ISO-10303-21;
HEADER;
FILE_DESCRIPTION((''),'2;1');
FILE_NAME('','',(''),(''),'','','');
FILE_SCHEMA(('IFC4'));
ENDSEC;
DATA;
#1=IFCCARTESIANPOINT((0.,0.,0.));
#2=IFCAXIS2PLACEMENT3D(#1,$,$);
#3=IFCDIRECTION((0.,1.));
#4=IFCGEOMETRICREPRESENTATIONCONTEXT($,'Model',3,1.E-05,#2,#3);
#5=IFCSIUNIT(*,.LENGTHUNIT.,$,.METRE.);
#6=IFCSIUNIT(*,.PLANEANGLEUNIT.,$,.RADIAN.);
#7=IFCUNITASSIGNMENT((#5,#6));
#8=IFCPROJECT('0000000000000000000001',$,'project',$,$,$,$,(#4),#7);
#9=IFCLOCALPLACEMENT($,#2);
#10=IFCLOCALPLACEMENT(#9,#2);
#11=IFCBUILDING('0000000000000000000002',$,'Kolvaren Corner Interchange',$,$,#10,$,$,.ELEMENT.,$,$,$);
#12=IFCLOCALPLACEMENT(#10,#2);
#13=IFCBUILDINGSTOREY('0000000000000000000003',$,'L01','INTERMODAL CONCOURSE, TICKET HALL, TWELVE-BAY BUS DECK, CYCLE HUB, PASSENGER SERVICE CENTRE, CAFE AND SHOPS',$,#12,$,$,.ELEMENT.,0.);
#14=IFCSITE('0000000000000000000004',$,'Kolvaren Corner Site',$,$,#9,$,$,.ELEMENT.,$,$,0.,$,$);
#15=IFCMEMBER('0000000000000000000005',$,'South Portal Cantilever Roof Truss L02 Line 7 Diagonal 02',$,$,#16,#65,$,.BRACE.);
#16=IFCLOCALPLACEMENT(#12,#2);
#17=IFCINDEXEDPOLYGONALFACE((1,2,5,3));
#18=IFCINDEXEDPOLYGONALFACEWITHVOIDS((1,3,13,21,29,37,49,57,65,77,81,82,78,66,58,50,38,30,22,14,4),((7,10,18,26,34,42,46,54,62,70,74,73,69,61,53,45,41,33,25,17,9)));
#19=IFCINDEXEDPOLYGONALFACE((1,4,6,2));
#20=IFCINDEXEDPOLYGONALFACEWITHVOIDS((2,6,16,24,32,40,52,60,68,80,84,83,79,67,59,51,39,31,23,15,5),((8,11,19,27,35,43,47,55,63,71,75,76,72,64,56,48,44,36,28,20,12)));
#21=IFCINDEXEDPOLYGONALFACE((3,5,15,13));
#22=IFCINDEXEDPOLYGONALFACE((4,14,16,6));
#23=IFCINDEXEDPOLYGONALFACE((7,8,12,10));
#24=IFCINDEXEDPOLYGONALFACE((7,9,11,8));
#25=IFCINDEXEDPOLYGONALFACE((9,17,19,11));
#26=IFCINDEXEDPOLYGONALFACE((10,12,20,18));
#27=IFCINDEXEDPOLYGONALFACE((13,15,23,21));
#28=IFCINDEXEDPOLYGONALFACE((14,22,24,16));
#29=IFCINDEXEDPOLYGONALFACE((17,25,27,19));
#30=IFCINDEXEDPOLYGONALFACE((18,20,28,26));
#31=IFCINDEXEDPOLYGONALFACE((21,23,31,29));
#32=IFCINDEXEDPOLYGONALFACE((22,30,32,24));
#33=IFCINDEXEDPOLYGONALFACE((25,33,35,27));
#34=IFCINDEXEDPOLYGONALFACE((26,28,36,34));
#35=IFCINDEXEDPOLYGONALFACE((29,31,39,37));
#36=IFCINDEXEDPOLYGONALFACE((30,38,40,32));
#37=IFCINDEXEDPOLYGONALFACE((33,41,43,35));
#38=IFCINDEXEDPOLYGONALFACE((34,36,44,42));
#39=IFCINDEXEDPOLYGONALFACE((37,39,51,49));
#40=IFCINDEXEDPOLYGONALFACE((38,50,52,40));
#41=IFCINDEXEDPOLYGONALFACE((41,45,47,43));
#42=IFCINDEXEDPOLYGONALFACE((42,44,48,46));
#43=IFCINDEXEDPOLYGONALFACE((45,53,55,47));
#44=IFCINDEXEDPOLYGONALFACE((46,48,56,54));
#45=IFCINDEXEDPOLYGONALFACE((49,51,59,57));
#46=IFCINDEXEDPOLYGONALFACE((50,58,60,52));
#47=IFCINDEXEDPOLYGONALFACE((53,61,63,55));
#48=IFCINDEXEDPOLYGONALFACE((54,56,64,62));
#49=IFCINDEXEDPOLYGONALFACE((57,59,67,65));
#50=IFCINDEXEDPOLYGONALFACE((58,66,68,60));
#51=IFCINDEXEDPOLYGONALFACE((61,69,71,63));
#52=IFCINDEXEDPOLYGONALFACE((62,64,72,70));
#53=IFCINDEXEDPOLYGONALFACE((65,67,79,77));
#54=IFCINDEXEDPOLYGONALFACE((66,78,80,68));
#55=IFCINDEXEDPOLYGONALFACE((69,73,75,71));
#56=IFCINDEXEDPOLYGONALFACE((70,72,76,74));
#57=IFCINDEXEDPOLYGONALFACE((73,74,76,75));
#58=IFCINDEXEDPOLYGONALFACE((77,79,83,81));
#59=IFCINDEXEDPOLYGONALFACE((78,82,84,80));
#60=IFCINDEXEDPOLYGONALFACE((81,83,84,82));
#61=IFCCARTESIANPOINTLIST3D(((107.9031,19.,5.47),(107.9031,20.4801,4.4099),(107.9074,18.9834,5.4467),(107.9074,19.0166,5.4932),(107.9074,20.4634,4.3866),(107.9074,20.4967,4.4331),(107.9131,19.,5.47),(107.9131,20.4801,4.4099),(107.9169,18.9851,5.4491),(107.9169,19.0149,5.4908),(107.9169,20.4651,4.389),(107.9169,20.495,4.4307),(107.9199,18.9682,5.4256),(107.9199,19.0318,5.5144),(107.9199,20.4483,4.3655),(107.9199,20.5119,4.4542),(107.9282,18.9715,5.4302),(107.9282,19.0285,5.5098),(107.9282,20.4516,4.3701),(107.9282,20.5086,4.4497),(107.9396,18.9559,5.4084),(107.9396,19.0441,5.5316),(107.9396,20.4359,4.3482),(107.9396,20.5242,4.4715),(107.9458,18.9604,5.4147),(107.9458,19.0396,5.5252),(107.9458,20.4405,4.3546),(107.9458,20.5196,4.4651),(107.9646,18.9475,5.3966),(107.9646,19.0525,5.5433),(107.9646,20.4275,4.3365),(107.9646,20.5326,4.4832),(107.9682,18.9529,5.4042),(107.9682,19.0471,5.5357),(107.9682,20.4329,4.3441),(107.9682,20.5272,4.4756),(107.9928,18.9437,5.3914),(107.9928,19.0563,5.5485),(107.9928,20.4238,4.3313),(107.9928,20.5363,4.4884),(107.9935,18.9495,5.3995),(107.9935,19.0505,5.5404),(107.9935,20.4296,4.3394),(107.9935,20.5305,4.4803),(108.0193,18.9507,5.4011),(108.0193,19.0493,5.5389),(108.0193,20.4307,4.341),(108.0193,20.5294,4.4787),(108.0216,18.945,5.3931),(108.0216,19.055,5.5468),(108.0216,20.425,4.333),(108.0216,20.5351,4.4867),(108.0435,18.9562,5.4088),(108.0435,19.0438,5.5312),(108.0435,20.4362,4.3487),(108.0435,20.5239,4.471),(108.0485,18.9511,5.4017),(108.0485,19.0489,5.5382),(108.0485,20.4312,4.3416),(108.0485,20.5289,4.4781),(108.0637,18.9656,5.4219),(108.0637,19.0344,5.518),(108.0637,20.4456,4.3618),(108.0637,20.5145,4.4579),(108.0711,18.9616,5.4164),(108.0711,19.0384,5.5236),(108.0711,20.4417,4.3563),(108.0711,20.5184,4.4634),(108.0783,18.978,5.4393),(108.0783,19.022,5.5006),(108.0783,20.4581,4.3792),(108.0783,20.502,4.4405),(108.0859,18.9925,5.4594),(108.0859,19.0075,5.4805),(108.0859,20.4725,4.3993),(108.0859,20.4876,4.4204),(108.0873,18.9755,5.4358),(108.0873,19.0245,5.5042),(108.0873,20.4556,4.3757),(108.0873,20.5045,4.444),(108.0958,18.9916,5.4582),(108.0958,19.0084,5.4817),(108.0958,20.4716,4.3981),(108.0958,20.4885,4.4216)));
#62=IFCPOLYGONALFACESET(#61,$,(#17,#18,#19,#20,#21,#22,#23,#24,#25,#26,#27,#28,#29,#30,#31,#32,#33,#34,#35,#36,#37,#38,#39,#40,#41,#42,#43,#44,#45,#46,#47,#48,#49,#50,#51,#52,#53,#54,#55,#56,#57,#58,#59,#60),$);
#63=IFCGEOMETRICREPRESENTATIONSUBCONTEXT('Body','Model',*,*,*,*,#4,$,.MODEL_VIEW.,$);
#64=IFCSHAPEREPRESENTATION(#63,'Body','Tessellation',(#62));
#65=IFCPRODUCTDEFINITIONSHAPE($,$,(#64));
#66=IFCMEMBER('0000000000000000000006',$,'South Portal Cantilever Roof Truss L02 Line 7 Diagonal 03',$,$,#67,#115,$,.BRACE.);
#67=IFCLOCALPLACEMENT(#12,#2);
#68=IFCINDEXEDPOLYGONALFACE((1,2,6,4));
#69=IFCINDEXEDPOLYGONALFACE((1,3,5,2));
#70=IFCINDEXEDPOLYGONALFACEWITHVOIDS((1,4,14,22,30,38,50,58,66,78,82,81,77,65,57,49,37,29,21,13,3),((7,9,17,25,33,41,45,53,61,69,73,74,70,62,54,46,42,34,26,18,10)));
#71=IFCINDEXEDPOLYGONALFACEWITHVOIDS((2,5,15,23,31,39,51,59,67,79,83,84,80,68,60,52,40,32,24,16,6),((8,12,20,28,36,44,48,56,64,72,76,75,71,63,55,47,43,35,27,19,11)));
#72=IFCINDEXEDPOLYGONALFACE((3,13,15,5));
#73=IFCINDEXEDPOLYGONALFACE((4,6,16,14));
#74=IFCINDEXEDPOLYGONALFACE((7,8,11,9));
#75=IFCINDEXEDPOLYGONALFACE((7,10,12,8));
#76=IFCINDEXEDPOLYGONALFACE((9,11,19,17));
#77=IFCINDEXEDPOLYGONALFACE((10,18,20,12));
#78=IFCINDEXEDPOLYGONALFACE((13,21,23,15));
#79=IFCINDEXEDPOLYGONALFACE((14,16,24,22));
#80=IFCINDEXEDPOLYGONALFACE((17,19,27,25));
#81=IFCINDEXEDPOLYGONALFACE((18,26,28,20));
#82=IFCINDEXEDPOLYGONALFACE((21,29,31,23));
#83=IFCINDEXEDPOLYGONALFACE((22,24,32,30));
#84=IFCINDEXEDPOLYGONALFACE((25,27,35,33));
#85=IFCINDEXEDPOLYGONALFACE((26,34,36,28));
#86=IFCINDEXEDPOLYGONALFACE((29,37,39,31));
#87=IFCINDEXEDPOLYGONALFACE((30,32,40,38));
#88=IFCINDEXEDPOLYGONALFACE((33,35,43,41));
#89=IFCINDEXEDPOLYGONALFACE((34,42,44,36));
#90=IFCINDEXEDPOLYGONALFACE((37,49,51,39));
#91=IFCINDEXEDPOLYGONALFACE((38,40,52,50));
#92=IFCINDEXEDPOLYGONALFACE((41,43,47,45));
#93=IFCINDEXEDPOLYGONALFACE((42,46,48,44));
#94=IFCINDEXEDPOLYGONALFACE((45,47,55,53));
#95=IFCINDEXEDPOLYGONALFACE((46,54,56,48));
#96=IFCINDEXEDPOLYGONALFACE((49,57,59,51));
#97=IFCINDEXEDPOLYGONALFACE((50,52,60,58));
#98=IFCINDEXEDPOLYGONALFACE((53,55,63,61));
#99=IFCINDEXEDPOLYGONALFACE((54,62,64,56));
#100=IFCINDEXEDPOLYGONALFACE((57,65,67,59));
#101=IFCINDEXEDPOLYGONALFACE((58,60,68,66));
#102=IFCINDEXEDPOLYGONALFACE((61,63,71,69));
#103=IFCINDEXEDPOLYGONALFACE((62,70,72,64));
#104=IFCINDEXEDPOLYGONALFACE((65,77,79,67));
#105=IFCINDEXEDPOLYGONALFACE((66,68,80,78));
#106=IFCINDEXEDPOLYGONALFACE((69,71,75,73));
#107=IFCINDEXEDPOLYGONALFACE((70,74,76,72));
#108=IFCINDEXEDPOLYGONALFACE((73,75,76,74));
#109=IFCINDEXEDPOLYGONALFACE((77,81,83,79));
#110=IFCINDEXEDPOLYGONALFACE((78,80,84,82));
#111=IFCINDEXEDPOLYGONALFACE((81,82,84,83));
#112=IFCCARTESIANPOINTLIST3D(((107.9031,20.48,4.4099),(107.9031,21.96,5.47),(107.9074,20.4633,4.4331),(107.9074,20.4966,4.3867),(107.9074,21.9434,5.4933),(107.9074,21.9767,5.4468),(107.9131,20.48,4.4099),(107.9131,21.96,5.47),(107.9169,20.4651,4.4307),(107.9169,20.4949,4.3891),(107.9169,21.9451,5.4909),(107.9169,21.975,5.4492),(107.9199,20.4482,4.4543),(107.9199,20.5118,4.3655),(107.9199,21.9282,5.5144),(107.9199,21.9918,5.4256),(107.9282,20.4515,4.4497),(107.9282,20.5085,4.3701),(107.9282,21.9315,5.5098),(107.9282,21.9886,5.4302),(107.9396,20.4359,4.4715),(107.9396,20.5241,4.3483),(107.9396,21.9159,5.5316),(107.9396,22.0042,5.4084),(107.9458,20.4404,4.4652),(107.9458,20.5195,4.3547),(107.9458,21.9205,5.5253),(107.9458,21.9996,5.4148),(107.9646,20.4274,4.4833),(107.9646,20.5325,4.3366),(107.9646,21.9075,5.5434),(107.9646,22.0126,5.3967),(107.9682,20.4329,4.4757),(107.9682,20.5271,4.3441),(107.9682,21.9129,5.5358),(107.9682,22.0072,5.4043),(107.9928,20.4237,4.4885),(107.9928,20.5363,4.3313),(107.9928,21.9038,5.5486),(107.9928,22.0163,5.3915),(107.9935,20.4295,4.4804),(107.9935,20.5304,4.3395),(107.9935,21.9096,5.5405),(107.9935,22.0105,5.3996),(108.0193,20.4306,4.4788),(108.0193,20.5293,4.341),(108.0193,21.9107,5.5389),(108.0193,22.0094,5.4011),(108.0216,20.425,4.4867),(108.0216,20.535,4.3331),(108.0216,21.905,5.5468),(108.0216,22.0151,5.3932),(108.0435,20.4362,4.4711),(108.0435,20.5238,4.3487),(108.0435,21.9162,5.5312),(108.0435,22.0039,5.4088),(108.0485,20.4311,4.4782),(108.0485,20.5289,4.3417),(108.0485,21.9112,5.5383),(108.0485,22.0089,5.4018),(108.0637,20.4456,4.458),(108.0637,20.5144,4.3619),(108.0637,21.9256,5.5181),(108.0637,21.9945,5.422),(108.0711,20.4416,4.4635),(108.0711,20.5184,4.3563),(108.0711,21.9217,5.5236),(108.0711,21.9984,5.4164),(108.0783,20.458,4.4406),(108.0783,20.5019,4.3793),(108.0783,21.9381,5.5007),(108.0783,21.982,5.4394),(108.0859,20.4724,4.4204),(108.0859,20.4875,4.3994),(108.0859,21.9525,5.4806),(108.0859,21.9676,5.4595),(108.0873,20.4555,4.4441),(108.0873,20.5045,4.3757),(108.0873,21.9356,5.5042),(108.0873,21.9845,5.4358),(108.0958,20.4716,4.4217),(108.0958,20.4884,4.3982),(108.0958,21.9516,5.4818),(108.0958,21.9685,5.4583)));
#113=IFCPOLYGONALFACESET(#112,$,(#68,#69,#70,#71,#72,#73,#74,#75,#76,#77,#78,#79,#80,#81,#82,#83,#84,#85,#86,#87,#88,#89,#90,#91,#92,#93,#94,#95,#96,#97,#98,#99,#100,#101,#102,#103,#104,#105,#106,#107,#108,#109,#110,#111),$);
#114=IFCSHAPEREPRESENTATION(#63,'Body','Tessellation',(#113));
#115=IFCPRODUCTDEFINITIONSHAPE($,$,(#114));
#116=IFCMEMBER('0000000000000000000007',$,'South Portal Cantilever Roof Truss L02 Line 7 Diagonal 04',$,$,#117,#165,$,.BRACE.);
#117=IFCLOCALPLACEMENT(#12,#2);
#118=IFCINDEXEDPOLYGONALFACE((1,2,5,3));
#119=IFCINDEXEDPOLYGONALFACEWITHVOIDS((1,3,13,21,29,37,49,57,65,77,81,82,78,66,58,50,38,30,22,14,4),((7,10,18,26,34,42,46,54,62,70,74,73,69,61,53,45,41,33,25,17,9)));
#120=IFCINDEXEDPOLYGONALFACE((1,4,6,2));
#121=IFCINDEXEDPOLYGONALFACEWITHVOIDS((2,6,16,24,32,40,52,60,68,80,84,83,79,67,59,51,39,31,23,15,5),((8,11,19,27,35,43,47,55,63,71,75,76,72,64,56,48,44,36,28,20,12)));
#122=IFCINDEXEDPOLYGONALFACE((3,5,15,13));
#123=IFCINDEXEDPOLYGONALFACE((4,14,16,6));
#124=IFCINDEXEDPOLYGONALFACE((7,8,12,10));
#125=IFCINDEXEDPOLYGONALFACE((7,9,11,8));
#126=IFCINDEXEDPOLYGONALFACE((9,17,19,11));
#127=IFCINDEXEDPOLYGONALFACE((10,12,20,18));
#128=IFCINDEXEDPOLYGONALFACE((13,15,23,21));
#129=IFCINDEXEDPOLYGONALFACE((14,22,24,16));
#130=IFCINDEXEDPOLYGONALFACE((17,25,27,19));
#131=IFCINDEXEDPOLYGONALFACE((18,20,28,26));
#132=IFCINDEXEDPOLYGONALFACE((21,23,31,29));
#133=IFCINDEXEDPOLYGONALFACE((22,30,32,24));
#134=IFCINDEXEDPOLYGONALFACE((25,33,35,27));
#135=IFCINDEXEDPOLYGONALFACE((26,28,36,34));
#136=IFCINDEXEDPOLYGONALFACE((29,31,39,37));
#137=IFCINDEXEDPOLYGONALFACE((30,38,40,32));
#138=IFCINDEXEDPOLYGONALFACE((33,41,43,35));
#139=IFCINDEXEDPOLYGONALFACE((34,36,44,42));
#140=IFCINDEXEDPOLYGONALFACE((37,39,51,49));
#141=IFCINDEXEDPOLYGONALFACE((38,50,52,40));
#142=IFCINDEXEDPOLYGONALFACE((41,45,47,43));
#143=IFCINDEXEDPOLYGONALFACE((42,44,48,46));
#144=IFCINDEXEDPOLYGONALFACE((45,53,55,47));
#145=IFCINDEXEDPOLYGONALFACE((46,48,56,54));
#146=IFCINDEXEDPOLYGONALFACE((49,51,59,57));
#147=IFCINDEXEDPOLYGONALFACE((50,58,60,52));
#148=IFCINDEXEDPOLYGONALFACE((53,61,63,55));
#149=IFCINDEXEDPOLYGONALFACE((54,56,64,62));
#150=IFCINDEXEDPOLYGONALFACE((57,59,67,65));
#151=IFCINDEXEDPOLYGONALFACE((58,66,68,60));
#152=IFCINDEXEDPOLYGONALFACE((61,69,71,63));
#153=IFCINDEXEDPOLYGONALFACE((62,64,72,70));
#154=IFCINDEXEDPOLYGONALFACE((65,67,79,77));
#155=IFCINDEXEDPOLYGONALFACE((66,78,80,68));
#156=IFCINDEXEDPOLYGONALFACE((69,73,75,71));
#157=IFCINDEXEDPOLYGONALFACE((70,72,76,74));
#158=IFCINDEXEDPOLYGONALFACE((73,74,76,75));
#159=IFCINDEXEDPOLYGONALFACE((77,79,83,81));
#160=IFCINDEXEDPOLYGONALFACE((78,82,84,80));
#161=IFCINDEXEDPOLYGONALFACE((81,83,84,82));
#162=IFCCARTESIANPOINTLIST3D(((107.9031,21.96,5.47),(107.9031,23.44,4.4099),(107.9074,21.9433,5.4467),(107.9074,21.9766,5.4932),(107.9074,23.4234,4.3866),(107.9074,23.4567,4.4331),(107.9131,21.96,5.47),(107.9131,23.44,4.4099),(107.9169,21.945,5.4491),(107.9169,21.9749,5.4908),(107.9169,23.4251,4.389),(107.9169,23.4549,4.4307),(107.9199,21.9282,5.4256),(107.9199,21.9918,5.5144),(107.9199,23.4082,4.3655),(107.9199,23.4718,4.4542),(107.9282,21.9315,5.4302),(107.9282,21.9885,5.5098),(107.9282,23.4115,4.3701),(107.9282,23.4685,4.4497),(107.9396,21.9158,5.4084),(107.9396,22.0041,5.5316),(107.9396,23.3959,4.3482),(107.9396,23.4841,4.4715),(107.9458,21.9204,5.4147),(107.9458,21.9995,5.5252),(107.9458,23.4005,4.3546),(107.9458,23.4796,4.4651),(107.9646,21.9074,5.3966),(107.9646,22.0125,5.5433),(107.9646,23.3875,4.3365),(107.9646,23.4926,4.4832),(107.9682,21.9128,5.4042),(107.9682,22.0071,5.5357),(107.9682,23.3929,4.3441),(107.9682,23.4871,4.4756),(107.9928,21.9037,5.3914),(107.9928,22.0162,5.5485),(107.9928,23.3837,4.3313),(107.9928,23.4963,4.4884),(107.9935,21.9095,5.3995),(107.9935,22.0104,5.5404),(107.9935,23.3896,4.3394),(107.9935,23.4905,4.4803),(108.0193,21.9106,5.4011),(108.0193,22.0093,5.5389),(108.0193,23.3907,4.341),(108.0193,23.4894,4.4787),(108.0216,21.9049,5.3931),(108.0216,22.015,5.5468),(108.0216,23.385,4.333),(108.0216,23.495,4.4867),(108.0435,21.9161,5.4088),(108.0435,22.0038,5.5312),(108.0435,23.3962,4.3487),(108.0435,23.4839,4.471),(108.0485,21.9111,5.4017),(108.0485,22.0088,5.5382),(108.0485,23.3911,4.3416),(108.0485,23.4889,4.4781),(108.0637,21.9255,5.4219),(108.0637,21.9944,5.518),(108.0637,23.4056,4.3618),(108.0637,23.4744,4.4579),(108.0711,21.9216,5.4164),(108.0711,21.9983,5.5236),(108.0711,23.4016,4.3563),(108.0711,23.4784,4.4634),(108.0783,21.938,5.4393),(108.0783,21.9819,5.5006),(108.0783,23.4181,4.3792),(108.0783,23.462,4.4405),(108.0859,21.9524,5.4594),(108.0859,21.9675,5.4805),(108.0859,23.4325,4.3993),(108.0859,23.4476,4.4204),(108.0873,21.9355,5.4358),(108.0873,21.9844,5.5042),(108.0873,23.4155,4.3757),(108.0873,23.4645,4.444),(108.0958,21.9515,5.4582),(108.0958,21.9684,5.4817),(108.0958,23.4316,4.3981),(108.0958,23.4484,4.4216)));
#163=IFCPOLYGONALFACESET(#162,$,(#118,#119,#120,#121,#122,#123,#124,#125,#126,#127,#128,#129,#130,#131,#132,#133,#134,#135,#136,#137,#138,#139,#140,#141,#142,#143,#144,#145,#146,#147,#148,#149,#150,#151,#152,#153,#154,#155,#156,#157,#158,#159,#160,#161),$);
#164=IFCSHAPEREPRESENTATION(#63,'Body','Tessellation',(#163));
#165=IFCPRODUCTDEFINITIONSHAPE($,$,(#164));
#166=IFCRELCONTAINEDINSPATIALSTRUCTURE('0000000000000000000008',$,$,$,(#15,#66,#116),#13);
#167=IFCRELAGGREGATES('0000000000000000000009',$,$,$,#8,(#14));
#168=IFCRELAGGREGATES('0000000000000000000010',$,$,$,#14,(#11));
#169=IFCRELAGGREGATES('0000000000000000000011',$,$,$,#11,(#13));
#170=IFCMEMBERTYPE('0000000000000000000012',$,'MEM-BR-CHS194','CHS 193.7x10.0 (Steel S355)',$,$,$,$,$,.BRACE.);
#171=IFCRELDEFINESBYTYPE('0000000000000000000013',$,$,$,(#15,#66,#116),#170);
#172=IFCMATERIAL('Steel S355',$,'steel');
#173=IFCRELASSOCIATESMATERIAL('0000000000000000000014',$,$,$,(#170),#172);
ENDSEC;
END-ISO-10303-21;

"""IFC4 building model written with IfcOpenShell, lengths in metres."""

from ifc_helpers import new_model, si_unit, direction, frame, origin, origin_2d, place, context, subcontext, project, spatial, hollow_circle, extrude, material, material_profile, profile_set, type_object, element, save


model = new_model("IFC4")

# Units and contexts
model_context = context("Model", 3, precision=1e-05, world=origin(), true_north=direction((0.0, 1.0)))
body_context = subcontext(model_context, "Body", "Model", "MODEL_VIEW")
ifc_project = project(units=[si_unit("LENGTHUNIT", "METRE"), si_unit("PLANEANGLEUNIT", "RADIAN")], contexts=[model_context])

# Site, building, storey
site_placement = place(None, origin())
site = spatial("IfcSite", under=ifc_project, at=site_placement, Name="Kolvaren Corner Site", CompositionType="ELEMENT", RefElevation=0.0)
building_placement = place(site_placement, origin())
building = spatial("IfcBuilding", under=site, at=building_placement, Name="Kolvaren Corner Interchange", CompositionType="ELEMENT")
storey_placement = place(building_placement, origin())
storey = spatial("IfcBuildingStorey", under=building, at=storey_placement, Name="L01", Description="INTERMODAL CONCOURSE, TICKET HALL, TWELVE-BAY BUS DECK, CYCLE HUB, PASSENGER SERVICE CENTRE, CAFE AND SHOPS", CompositionType="ELEMENT", Elevation=0.0)

# Members
ifc_material_1 = material(Name="Steel S355", Category="steel")
ifc_material_profile_1 = material_profile(ifc_material_1, hollow_circle(Radius=0.0969, WallThickness=0.01, at=origin_2d()), Name="CHS 193.7x10.0")
ifc_profile_set_1 = profile_set([ifc_material_profile_1], Name="Steel S355")
member_type_1 = type_object("IfcMemberType", Name="MEM-BR-CHS194", Description="CHS 193.7x10.0 (Steel S355)", PredefinedType="BRACE", material=ifc_profile_set_1)
for number, where, z_axis, x_axis, name in (
    (1, (108.0, 19.0, 5.47), (0.0, 0.812972, -0.582303), (-1.0, 0.0, 0.0), "South Portal Cantilever Roof Truss L02 Line 7 Diagonal 02"),
    (2, (108.0, 20.48, 4.4099), (0.0, 0.812972, 0.582303), (-1.0, 0.0, 0.0), "South Portal Cantilever Roof Truss L02 Line 7 Diagonal 03"),
    (3, (108.0, 21.96, 5.47), (0.0, 0.812972, -0.582303), (-1.0, 0.0, 0.0), "South Portal Cantilever Roof Truss L02 Line 7 Diagonal 04"),
):
    element("IfcMember", number, at=place(storey_placement, frame(where, z_axis=z_axis, x_axis=x_axis)), inside=storey, type_object=member_type_1, Name=name, PredefinedType="BRACE", context=body_context, shape_type="SweptSolid", body=[
        extrude(hollow_circle(Radius=0.0969, WallThickness=0.01, at=origin_2d()), origin(), (0.0, 0.0, 1.0), 1.8206),
    ])

save(model, "model.ifc")
